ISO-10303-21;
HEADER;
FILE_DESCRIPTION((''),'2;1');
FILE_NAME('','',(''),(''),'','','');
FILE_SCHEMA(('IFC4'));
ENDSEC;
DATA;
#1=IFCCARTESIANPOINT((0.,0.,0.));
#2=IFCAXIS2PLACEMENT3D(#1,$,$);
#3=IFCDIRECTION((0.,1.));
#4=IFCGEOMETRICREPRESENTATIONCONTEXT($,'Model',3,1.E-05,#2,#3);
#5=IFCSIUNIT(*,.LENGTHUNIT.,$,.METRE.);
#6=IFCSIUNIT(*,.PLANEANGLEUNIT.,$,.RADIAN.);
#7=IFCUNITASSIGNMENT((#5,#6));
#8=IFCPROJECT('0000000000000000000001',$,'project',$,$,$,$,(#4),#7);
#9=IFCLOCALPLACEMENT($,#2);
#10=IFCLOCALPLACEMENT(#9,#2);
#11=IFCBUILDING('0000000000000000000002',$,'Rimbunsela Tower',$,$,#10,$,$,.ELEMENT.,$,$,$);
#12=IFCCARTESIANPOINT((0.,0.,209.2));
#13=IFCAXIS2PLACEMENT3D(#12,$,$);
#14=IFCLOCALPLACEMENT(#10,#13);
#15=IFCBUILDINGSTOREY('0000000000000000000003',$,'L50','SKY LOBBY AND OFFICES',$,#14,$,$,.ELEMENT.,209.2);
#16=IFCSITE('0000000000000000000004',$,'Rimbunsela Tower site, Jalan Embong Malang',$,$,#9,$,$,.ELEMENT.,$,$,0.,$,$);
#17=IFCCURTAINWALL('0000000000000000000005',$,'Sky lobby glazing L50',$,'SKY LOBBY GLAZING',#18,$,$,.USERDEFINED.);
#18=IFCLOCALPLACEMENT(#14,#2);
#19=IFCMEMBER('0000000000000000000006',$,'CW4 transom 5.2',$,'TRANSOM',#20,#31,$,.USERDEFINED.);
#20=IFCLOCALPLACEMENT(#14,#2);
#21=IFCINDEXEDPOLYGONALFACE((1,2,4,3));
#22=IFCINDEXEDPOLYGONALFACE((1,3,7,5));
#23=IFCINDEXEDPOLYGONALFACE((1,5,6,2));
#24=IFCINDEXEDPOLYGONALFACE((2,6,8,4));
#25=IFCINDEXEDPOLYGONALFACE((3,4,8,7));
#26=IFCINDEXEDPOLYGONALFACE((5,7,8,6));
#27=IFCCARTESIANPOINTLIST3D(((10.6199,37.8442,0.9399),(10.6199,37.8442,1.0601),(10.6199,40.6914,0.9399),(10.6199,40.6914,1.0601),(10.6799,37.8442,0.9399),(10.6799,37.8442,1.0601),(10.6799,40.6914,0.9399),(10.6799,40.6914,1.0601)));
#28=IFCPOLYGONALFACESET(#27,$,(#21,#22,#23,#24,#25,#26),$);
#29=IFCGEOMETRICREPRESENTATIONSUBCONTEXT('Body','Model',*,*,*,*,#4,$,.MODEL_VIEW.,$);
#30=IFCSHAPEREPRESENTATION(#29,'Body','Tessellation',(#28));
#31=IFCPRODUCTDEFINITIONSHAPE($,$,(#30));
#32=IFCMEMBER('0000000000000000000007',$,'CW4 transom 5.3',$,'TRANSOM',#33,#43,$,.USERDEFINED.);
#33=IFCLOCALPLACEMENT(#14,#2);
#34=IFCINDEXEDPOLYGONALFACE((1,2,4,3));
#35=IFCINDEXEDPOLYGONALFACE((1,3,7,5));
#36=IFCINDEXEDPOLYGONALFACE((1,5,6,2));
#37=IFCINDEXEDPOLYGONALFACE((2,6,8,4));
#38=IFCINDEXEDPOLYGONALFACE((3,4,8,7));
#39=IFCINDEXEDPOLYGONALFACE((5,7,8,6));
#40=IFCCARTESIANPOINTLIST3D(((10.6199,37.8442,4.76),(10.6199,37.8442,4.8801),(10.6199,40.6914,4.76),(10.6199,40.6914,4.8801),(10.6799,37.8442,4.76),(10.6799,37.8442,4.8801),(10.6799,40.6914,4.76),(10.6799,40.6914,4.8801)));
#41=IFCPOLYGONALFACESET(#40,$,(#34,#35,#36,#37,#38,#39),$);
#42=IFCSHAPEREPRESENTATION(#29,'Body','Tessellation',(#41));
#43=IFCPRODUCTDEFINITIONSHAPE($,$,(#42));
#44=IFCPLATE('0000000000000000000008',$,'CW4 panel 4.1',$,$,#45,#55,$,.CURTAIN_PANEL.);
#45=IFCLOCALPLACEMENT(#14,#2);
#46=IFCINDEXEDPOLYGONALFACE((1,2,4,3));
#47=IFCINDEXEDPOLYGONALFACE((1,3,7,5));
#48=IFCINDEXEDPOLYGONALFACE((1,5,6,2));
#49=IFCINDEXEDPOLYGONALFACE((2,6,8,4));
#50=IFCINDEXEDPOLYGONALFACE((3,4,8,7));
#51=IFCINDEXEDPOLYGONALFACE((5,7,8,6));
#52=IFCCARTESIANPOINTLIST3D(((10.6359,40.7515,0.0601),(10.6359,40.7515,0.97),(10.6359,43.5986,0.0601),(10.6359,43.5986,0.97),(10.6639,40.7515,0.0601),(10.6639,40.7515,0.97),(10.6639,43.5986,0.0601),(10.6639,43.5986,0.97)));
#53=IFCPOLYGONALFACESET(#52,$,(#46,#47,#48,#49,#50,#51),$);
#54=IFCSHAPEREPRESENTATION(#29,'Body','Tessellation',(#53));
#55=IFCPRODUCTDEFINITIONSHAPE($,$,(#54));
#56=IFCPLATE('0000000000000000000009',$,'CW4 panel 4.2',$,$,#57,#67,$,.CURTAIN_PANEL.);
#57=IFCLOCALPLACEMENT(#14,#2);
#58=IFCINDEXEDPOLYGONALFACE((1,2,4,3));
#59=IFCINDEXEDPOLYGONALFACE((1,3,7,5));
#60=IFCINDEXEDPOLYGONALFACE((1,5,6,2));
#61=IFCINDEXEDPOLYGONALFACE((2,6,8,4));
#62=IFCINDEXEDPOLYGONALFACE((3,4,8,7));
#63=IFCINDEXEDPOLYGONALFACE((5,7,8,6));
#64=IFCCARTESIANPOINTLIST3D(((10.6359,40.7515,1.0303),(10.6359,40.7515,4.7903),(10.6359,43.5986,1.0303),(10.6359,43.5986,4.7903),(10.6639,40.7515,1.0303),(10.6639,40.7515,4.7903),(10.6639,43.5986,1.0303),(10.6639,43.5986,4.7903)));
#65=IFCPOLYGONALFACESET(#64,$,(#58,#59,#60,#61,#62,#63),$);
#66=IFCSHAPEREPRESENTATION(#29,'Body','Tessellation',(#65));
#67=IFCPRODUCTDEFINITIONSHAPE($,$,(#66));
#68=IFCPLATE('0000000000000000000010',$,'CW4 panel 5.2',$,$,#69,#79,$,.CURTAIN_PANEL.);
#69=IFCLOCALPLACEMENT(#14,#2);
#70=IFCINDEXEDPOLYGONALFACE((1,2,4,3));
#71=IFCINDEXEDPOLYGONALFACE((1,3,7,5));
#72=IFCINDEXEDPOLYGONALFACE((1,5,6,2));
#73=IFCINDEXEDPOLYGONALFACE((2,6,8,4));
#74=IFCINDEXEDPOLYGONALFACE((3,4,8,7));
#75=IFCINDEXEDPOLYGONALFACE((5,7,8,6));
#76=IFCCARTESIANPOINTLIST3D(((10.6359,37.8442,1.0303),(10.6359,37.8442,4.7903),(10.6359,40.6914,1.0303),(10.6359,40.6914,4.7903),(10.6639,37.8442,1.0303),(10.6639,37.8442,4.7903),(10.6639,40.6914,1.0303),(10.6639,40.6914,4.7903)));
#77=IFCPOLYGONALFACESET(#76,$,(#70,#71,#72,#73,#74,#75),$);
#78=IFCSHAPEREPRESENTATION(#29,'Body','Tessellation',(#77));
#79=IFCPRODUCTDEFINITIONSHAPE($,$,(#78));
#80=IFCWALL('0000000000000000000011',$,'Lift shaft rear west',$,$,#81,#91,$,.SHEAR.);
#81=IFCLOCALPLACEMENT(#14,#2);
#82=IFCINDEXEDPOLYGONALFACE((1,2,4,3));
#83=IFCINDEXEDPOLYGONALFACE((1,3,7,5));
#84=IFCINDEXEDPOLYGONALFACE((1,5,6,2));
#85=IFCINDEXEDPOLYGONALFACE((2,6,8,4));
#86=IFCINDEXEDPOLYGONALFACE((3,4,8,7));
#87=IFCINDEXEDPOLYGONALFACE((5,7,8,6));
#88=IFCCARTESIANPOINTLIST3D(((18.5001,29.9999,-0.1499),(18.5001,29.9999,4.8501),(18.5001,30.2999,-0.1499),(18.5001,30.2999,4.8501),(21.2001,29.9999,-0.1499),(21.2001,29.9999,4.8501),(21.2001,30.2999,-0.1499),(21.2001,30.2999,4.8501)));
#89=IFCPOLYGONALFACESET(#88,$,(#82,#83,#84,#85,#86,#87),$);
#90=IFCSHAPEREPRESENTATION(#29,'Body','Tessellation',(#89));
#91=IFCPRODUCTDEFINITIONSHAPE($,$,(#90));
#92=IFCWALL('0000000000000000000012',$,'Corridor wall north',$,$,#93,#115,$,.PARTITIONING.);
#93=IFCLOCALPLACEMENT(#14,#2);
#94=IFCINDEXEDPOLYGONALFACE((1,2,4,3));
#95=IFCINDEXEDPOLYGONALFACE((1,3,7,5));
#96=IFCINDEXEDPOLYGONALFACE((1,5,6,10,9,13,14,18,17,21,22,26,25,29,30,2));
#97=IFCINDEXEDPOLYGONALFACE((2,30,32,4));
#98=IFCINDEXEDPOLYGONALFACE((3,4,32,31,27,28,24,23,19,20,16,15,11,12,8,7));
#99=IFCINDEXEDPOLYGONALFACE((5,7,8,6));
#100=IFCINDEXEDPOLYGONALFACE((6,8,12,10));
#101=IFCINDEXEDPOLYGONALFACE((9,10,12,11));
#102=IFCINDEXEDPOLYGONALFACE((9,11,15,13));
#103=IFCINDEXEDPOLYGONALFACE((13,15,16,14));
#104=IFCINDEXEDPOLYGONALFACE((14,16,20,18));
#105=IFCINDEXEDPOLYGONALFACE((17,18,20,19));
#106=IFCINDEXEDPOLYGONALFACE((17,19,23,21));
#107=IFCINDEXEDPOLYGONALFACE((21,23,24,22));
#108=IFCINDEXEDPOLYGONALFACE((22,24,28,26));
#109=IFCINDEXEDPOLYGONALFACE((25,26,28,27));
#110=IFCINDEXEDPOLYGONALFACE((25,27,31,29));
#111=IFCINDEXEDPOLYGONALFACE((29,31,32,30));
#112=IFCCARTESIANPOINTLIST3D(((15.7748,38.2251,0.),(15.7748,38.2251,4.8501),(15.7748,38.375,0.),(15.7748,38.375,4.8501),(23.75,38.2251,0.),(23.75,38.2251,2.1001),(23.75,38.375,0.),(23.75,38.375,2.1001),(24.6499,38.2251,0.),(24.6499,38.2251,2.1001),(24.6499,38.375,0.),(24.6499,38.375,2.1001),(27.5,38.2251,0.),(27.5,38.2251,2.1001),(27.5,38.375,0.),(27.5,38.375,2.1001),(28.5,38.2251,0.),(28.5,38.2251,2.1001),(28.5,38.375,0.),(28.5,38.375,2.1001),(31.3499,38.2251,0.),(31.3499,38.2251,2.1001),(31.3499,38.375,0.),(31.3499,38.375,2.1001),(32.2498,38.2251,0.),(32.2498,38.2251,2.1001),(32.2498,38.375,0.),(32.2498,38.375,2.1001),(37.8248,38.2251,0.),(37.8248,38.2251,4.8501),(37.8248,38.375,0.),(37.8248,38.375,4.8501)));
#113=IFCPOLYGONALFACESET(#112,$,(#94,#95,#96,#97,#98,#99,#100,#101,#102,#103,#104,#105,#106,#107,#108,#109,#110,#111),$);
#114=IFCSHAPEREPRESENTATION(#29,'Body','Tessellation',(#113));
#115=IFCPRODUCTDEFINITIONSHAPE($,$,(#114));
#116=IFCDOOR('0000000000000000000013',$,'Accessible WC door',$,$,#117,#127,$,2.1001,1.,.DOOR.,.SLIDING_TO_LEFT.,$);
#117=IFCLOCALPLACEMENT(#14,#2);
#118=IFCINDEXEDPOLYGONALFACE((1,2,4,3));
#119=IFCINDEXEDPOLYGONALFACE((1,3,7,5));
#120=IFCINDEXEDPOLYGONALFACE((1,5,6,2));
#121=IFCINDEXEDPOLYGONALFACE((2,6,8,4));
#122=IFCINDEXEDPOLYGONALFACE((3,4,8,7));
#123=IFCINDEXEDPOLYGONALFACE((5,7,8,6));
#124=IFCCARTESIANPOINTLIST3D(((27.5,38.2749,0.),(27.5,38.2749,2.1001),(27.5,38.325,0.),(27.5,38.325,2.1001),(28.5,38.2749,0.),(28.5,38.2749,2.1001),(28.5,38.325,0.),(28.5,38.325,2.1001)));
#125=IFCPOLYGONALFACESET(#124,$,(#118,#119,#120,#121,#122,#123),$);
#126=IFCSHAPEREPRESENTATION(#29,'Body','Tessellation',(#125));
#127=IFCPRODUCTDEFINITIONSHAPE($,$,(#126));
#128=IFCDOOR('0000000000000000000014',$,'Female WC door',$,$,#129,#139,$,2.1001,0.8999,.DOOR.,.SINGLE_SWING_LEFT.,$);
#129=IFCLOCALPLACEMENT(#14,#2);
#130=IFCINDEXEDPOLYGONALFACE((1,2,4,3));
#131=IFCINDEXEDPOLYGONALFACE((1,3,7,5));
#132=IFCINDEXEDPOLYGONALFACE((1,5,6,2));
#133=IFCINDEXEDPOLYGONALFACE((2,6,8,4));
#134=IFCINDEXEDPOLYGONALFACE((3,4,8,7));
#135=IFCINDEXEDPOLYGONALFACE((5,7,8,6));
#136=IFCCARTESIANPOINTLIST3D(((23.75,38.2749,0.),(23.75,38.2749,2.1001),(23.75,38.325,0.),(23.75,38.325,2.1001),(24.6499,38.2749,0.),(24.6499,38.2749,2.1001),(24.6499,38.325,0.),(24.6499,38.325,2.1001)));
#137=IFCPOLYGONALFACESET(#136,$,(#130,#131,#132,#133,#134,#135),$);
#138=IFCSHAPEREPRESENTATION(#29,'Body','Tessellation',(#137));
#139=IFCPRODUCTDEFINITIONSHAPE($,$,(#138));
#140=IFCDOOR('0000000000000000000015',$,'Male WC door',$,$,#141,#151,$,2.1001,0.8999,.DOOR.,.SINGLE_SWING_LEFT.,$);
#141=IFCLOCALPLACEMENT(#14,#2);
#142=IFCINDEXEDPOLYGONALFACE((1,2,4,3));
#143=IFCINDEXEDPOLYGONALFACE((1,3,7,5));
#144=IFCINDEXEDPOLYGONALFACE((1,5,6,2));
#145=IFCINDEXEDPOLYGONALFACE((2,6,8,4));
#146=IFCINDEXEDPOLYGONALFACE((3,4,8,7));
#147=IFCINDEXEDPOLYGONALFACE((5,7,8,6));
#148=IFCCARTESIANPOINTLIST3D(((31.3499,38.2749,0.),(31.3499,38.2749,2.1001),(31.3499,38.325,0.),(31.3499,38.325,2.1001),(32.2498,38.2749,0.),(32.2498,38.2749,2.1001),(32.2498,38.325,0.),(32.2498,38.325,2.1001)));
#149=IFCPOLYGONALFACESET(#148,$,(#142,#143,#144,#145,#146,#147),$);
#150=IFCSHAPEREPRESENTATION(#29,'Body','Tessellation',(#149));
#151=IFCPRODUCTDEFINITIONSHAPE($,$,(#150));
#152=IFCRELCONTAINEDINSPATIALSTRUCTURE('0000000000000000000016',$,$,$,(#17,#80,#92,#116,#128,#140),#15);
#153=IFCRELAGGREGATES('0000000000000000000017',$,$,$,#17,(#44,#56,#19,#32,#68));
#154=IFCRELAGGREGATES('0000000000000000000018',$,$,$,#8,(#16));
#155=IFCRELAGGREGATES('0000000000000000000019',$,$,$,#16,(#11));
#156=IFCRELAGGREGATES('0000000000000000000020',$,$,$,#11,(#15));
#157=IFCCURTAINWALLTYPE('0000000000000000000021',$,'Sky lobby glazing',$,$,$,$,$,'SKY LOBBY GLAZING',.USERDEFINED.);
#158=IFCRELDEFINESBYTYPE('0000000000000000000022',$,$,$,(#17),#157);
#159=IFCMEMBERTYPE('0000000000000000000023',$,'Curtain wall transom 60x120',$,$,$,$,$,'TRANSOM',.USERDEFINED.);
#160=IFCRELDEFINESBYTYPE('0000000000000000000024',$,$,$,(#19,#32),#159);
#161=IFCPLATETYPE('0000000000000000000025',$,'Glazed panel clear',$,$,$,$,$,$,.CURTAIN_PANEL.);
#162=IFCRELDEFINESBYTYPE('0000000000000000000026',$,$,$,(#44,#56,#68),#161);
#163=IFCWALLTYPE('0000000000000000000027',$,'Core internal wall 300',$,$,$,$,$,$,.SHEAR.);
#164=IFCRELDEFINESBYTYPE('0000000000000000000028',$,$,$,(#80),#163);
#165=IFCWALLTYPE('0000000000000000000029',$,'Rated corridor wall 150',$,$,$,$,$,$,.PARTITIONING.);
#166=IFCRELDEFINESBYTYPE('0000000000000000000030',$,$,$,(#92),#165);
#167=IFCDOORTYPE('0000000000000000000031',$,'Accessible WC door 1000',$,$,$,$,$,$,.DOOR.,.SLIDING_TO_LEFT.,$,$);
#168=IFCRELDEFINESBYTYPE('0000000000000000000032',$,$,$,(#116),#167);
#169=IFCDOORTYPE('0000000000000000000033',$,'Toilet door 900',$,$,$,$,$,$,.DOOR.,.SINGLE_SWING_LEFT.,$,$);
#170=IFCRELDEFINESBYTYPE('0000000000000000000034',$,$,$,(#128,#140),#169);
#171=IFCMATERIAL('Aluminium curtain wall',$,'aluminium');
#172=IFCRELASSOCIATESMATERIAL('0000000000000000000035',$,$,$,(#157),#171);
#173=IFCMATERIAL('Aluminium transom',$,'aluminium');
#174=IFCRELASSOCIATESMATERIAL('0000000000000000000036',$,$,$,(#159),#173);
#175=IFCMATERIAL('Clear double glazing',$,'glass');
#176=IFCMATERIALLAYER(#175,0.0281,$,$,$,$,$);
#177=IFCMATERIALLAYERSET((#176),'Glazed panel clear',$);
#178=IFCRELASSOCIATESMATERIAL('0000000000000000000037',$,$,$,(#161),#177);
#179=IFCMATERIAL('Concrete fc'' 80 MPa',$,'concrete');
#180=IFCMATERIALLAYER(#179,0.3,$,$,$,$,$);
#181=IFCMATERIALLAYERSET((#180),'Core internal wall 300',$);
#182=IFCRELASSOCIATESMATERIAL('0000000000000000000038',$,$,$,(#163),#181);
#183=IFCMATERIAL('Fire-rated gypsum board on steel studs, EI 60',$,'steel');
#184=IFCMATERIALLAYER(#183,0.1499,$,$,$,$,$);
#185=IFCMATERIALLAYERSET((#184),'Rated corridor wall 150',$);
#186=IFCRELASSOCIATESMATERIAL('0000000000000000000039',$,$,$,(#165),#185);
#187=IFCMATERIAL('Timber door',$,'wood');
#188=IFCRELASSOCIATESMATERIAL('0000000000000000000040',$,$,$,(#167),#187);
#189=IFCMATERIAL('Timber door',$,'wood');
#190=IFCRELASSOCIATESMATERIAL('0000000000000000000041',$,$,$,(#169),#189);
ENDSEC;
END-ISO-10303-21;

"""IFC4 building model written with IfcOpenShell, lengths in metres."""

from ifc_helpers import new_model, si_unit, direction, frame, frame_2d, origin, origin_2d, place, context, subcontext, project, spatial, rectangle, extrude, material, layer, layer_set, material_profile, profile_set, type_object, element, fill, aggregate, save


model = new_model("IFC4")

# Units and contexts
model_context = context("Model", 3, precision=1e-05, world=origin(), true_north=direction((0.0, 1.0)))
body_context = subcontext(model_context, "Body", "Model", "MODEL_VIEW")
ifc_project = project(units=[si_unit("LENGTHUNIT", "METRE"), si_unit("PLANEANGLEUNIT", "RADIAN")], contexts=[model_context])

# Site, building, storey
site_placement = place(None, origin())
site = spatial("IfcSite", under=ifc_project, at=site_placement, Name="Rimbunsela Tower site, Jalan Embong Malang", CompositionType="ELEMENT", RefElevation=0.0)
building_placement = place(site_placement, origin())
building = spatial("IfcBuilding", under=site, at=building_placement, Name="Rimbunsela Tower", CompositionType="ELEMENT")
storey_placement = place(building_placement, frame((0.0, 0.0, 209.2)))
storey = spatial("IfcBuildingStorey", under=building, at=storey_placement, Name="L50", Description="SKY LOBBY AND OFFICES", CompositionType="ELEMENT", Elevation=209.2)

# Curtain wall, members, plates
ifc_material_1 = material(Name="Aluminium curtain wall", Category="aluminium")
curtain_wall_type = type_object("IfcCurtainWallType", Name="Sky lobby glazing", ElementType="SKY LOBBY GLAZING", PredefinedType="USERDEFINED", material=ifc_material_1)
curtain_wall_placement = place(storey_placement, origin())
curtain_wall = element("IfcCurtainWall", 1, at=curtain_wall_placement, inside=storey, type_object=curtain_wall_type, Name="Sky lobby glazing L50", ObjectType="SKY LOBBY GLAZING", PredefinedType="USERDEFINED")
ifc_material_2 = material(Name="Aluminium transom", Category="aluminium")
ifc_material_profile_1 = material_profile(ifc_material_2, rectangle(XDim=0.0601, YDim=0.1201, at=origin_2d()), Name="Transom 60x120")
ifc_profile_set_1 = profile_set([ifc_material_profile_1], Name="Aluminium transom")
member_type_1 = type_object("IfcMemberType", Name="Curtain wall transom 60x120", ElementType="TRANSOM", PredefinedType="USERDEFINED", material=ifc_profile_set_1)
member_1_placement = place(storey_placement, frame((10.6499, 40.6914, 1.0), z_axis=(0.0, -1.0, 0.0), x_axis=(1.0, 0.0, 0.0)))
member_1 = element("IfcMember", 2, at=member_1_placement, type_object=member_type_1, Name="CW4 transom 5.2", ObjectType="TRANSOM", PredefinedType="USERDEFINED", context=body_context, shape_type="SweptSolid", body=[
    extrude(rectangle(XDim=0.0601, YDim=0.1201, at=origin_2d()), origin(), (0.0, 0.0, 1.0), 2.8472),
])
member_2_placement = place(storey_placement, frame((10.6499, 40.6914, 4.8201), z_axis=(0.0, -1.0, 0.0), x_axis=(1.0, 0.0, 0.0)))
member_2 = element("IfcMember", 3, at=member_2_placement, type_object=member_type_1, Name="CW4 transom 5.3", ObjectType="TRANSOM", PredefinedType="USERDEFINED", context=body_context, shape_type="SweptSolid", body=[
    extrude(rectangle(XDim=0.0601, YDim=0.1201, at=origin_2d()), origin(), (0.0, 0.0, 1.0), 2.8472),
])
ifc_material_3 = material(Name="Clear double glazing", Category="glass")
ifc_layer_1 = layer(ifc_material_3, 0.0281)
ifc_layer_set_1 = layer_set([ifc_layer_1], Name="Glazed panel clear")
plate_type = type_object("IfcPlateType", Name="Glazed panel clear", PredefinedType="CURTAIN_PANEL", material=ifc_layer_set_1)
plate_1_placement = place(storey_placement, frame((10.6499, 42.175, 0.0601), z_axis=(0.0, 0.0, 1.0), x_axis=(0.0, -1.0, 0.0)))
plate_1 = element("IfcPlate", 4, at=plate_1_placement, type_object=plate_type, Name="CW4 panel 4.1", PredefinedType="CURTAIN_PANEL", context=body_context, shape_type="SweptSolid", body=[
    extrude(rectangle(XDim=2.8472, YDim=0.0281, at=origin_2d()), origin(), (0.0, 0.0, 1.0), 0.9099),
])
plate_2_placement = place(storey_placement, frame((10.6499, 42.175, 1.0303), z_axis=(0.0, 0.0, 1.0), x_axis=(0.0, -1.0, 0.0)))
plate_2 = element("IfcPlate", 5, at=plate_2_placement, type_object=plate_type, Name="CW4 panel 4.2", PredefinedType="CURTAIN_PANEL", context=body_context, shape_type="SweptSolid", body=[
    extrude(rectangle(XDim=2.8472, YDim=0.0281, at=origin_2d()), origin(), (0.0, 0.0, 1.0), 3.76),
])
plate_3_placement = place(storey_placement, frame((10.6499, 39.2678, 1.0303), z_axis=(0.0, 0.0, 1.0), x_axis=(0.0, -1.0, 0.0)))
plate_3 = element("IfcPlate", 6, at=plate_3_placement, type_object=plate_type, Name="CW4 panel 5.2", PredefinedType="CURTAIN_PANEL", context=body_context, shape_type="SweptSolid", body=[
    extrude(rectangle(XDim=2.8472, YDim=0.0281, at=origin_2d()), origin(), (0.0, 0.0, 1.0), 3.76),
])
aggregate(curtain_wall, [plate_1, plate_2, member_1, member_2, plate_3])

# Wall
ifc_material_4 = material(Name="Concrete fc' 80 MPa", Category="concrete")
ifc_layer_2 = layer(ifc_material_4, 0.3)
ifc_layer_set_2 = layer_set([ifc_layer_2], Name="Core internal wall 300")
wall_type_1 = type_object("IfcWallType", Name="Core internal wall 300", PredefinedType="SHEAR", material=ifc_layer_set_2)
wall_1_placement = place(storey_placement, frame((18.5, 30.1499, -0.1499), z_axis=(0.0, 0.0, 1.0), x_axis=(1.0, 0.0, 0.0)))
element("IfcWall", 7, at=wall_1_placement, inside=storey, type_object=wall_type_1, Name="Lift shaft rear west", PredefinedType="SHEAR", context=body_context, shape_type="SweptSolid", body=[
    extrude(rectangle(XDim=2.7, YDim=0.3, at=frame_2d((1.3501, 0.0))), origin(), (0.0, 0.0, 1.0), 5.0),
])

# Wall, openings, doors
ifc_material_5 = material(Name="Fire-rated gypsum board on steel studs, EI 60", Category="steel")
ifc_layer_3 = layer(ifc_material_5, 0.1499)
ifc_layer_set_3 = layer_set([ifc_layer_3], Name="Rated corridor wall 150")
wall_type_2 = type_object("IfcWallType", Name="Rated corridor wall 150", PredefinedType="PARTITIONING", material=ifc_layer_set_3)
wall_2_placement = place(storey_placement, frame((15.7749, 38.3, 0.0), z_axis=(0.0, 0.0, 1.0), x_axis=(1.0, 0.0, 0.0)))
wall_2 = element("IfcWall", 8, at=wall_2_placement, inside=storey, type_object=wall_type_2, Name="Corridor wall north", PredefinedType="PARTITIONING", context=body_context, shape_type="SweptSolid", body=[
    extrude(rectangle(XDim=22.05, YDim=0.1499, at=frame_2d((11.0249, 0.0))), origin(), (0.0, 0.0, 1.0), 4.8501),
])
opening_1_placement = place(wall_2_placement, frame((7.9751, 0.0, 0.0)))
opening_1 = element("IfcOpeningElement", 9, at=opening_1_placement, cuts=wall_2, PredefinedType="OPENING", context=body_context, shape_type="SweptSolid", body=[
    extrude(rectangle(XDim=0.8999, YDim=2.1001, at=frame_2d((0.45, 1.05))), frame((0.0, 0.085, 0.0), z_axis=(0.0, -1.0, 0.0), x_axis=(1.0, 0.0, 0.0)), (0.0, 0.0, 1.0), 0.1699),
])
opening_2_placement = place(wall_2_placement, frame((11.7251, 0.0, 0.0)))
opening_2 = element("IfcOpeningElement", 10, at=opening_2_placement, cuts=wall_2, PredefinedType="OPENING", context=body_context, shape_type="SweptSolid", body=[
    extrude(rectangle(XDim=1.0, YDim=2.1001, at=frame_2d((0.5, 1.05))), frame((0.0, 0.085, 0.0), z_axis=(0.0, -1.0, 0.0), x_axis=(1.0, 0.0, 0.0)), (0.0, 0.0, 1.0), 0.1699),
])
opening_3_placement = place(wall_2_placement, frame((15.575, 0.0, 0.0)))
opening_3 = element("IfcOpeningElement", 11, at=opening_3_placement, cuts=wall_2, PredefinedType="OPENING", context=body_context, shape_type="SweptSolid", body=[
    extrude(rectangle(XDim=0.8999, YDim=2.1001, at=frame_2d((0.45, 1.05))), frame((0.0, 0.085, 0.0), z_axis=(0.0, -1.0, 0.0), x_axis=(1.0, 0.0, 0.0)), (0.0, 0.0, 1.0), 0.1699),
])
ifc_material_6 = material(Name="Timber door", Category="wood")
door_type_1 = type_object("IfcDoorType", Name="Accessible WC door 1000", OperationType="SLIDING_TO_LEFT", PredefinedType="DOOR", material=ifc_material_6)
door_1_placement = place(opening_2_placement, origin())
door_1 = element("IfcDoor", 12, at=door_1_placement, inside=storey, type_object=door_type_1, Name="Accessible WC door", OperationType="SLIDING_TO_LEFT", OverallHeight=2.1001, OverallWidth=1.0, PredefinedType="DOOR", context=body_context, shape_type="SweptSolid", body=[
    extrude(rectangle(XDim=1.0, YDim=2.1001, at=frame_2d((0.5, 1.05))), frame((0.0, 0.0249, 0.0), z_axis=(0.0, -1.0, 0.0), x_axis=(1.0, 0.0, 0.0)), (0.0, 0.0, 1.0), 0.05),
])
fill(opening_2, door_1)
ifc_material_7 = material(Name="Timber door", Category="wood")
door_type_2 = type_object("IfcDoorType", Name="Toilet door 900", OperationType="SINGLE_SWING_LEFT", PredefinedType="DOOR", material=ifc_material_7)
door_2_placement = place(opening_1_placement, origin())
door_2 = element("IfcDoor", 13, at=door_2_placement, inside=storey, type_object=door_type_2, Name="Female WC door", OperationType="SINGLE_SWING_LEFT", OverallHeight=2.1001, OverallWidth=0.8999, PredefinedType="DOOR", context=body_context, shape_type="SweptSolid", body=[
    extrude(rectangle(XDim=0.8999, YDim=2.1001, at=frame_2d((0.45, 1.05))), frame((0.0, 0.0249, 0.0), z_axis=(0.0, -1.0, 0.0), x_axis=(1.0, 0.0, 0.0)), (0.0, 0.0, 1.0), 0.05),
])
fill(opening_1, door_2)
door_3_placement = place(opening_3_placement, origin())
door_3 = element("IfcDoor", 14, at=door_3_placement, inside=storey, type_object=door_type_2, Name="Male WC door", OperationType="SINGLE_SWING_LEFT", OverallHeight=2.1001, OverallWidth=0.8999, PredefinedType="DOOR", context=body_context, shape_type="SweptSolid", body=[
    extrude(rectangle(XDim=0.8999, YDim=2.1001, at=frame_2d((0.45, 1.05))), frame((0.0, 0.0249, 0.0), z_axis=(0.0, -1.0, 0.0), x_axis=(1.0, 0.0, 0.0)), (0.0, 0.0, 1.0), 0.05),
])
fill(opening_3, door_3)

save(model, "model.ifc")
